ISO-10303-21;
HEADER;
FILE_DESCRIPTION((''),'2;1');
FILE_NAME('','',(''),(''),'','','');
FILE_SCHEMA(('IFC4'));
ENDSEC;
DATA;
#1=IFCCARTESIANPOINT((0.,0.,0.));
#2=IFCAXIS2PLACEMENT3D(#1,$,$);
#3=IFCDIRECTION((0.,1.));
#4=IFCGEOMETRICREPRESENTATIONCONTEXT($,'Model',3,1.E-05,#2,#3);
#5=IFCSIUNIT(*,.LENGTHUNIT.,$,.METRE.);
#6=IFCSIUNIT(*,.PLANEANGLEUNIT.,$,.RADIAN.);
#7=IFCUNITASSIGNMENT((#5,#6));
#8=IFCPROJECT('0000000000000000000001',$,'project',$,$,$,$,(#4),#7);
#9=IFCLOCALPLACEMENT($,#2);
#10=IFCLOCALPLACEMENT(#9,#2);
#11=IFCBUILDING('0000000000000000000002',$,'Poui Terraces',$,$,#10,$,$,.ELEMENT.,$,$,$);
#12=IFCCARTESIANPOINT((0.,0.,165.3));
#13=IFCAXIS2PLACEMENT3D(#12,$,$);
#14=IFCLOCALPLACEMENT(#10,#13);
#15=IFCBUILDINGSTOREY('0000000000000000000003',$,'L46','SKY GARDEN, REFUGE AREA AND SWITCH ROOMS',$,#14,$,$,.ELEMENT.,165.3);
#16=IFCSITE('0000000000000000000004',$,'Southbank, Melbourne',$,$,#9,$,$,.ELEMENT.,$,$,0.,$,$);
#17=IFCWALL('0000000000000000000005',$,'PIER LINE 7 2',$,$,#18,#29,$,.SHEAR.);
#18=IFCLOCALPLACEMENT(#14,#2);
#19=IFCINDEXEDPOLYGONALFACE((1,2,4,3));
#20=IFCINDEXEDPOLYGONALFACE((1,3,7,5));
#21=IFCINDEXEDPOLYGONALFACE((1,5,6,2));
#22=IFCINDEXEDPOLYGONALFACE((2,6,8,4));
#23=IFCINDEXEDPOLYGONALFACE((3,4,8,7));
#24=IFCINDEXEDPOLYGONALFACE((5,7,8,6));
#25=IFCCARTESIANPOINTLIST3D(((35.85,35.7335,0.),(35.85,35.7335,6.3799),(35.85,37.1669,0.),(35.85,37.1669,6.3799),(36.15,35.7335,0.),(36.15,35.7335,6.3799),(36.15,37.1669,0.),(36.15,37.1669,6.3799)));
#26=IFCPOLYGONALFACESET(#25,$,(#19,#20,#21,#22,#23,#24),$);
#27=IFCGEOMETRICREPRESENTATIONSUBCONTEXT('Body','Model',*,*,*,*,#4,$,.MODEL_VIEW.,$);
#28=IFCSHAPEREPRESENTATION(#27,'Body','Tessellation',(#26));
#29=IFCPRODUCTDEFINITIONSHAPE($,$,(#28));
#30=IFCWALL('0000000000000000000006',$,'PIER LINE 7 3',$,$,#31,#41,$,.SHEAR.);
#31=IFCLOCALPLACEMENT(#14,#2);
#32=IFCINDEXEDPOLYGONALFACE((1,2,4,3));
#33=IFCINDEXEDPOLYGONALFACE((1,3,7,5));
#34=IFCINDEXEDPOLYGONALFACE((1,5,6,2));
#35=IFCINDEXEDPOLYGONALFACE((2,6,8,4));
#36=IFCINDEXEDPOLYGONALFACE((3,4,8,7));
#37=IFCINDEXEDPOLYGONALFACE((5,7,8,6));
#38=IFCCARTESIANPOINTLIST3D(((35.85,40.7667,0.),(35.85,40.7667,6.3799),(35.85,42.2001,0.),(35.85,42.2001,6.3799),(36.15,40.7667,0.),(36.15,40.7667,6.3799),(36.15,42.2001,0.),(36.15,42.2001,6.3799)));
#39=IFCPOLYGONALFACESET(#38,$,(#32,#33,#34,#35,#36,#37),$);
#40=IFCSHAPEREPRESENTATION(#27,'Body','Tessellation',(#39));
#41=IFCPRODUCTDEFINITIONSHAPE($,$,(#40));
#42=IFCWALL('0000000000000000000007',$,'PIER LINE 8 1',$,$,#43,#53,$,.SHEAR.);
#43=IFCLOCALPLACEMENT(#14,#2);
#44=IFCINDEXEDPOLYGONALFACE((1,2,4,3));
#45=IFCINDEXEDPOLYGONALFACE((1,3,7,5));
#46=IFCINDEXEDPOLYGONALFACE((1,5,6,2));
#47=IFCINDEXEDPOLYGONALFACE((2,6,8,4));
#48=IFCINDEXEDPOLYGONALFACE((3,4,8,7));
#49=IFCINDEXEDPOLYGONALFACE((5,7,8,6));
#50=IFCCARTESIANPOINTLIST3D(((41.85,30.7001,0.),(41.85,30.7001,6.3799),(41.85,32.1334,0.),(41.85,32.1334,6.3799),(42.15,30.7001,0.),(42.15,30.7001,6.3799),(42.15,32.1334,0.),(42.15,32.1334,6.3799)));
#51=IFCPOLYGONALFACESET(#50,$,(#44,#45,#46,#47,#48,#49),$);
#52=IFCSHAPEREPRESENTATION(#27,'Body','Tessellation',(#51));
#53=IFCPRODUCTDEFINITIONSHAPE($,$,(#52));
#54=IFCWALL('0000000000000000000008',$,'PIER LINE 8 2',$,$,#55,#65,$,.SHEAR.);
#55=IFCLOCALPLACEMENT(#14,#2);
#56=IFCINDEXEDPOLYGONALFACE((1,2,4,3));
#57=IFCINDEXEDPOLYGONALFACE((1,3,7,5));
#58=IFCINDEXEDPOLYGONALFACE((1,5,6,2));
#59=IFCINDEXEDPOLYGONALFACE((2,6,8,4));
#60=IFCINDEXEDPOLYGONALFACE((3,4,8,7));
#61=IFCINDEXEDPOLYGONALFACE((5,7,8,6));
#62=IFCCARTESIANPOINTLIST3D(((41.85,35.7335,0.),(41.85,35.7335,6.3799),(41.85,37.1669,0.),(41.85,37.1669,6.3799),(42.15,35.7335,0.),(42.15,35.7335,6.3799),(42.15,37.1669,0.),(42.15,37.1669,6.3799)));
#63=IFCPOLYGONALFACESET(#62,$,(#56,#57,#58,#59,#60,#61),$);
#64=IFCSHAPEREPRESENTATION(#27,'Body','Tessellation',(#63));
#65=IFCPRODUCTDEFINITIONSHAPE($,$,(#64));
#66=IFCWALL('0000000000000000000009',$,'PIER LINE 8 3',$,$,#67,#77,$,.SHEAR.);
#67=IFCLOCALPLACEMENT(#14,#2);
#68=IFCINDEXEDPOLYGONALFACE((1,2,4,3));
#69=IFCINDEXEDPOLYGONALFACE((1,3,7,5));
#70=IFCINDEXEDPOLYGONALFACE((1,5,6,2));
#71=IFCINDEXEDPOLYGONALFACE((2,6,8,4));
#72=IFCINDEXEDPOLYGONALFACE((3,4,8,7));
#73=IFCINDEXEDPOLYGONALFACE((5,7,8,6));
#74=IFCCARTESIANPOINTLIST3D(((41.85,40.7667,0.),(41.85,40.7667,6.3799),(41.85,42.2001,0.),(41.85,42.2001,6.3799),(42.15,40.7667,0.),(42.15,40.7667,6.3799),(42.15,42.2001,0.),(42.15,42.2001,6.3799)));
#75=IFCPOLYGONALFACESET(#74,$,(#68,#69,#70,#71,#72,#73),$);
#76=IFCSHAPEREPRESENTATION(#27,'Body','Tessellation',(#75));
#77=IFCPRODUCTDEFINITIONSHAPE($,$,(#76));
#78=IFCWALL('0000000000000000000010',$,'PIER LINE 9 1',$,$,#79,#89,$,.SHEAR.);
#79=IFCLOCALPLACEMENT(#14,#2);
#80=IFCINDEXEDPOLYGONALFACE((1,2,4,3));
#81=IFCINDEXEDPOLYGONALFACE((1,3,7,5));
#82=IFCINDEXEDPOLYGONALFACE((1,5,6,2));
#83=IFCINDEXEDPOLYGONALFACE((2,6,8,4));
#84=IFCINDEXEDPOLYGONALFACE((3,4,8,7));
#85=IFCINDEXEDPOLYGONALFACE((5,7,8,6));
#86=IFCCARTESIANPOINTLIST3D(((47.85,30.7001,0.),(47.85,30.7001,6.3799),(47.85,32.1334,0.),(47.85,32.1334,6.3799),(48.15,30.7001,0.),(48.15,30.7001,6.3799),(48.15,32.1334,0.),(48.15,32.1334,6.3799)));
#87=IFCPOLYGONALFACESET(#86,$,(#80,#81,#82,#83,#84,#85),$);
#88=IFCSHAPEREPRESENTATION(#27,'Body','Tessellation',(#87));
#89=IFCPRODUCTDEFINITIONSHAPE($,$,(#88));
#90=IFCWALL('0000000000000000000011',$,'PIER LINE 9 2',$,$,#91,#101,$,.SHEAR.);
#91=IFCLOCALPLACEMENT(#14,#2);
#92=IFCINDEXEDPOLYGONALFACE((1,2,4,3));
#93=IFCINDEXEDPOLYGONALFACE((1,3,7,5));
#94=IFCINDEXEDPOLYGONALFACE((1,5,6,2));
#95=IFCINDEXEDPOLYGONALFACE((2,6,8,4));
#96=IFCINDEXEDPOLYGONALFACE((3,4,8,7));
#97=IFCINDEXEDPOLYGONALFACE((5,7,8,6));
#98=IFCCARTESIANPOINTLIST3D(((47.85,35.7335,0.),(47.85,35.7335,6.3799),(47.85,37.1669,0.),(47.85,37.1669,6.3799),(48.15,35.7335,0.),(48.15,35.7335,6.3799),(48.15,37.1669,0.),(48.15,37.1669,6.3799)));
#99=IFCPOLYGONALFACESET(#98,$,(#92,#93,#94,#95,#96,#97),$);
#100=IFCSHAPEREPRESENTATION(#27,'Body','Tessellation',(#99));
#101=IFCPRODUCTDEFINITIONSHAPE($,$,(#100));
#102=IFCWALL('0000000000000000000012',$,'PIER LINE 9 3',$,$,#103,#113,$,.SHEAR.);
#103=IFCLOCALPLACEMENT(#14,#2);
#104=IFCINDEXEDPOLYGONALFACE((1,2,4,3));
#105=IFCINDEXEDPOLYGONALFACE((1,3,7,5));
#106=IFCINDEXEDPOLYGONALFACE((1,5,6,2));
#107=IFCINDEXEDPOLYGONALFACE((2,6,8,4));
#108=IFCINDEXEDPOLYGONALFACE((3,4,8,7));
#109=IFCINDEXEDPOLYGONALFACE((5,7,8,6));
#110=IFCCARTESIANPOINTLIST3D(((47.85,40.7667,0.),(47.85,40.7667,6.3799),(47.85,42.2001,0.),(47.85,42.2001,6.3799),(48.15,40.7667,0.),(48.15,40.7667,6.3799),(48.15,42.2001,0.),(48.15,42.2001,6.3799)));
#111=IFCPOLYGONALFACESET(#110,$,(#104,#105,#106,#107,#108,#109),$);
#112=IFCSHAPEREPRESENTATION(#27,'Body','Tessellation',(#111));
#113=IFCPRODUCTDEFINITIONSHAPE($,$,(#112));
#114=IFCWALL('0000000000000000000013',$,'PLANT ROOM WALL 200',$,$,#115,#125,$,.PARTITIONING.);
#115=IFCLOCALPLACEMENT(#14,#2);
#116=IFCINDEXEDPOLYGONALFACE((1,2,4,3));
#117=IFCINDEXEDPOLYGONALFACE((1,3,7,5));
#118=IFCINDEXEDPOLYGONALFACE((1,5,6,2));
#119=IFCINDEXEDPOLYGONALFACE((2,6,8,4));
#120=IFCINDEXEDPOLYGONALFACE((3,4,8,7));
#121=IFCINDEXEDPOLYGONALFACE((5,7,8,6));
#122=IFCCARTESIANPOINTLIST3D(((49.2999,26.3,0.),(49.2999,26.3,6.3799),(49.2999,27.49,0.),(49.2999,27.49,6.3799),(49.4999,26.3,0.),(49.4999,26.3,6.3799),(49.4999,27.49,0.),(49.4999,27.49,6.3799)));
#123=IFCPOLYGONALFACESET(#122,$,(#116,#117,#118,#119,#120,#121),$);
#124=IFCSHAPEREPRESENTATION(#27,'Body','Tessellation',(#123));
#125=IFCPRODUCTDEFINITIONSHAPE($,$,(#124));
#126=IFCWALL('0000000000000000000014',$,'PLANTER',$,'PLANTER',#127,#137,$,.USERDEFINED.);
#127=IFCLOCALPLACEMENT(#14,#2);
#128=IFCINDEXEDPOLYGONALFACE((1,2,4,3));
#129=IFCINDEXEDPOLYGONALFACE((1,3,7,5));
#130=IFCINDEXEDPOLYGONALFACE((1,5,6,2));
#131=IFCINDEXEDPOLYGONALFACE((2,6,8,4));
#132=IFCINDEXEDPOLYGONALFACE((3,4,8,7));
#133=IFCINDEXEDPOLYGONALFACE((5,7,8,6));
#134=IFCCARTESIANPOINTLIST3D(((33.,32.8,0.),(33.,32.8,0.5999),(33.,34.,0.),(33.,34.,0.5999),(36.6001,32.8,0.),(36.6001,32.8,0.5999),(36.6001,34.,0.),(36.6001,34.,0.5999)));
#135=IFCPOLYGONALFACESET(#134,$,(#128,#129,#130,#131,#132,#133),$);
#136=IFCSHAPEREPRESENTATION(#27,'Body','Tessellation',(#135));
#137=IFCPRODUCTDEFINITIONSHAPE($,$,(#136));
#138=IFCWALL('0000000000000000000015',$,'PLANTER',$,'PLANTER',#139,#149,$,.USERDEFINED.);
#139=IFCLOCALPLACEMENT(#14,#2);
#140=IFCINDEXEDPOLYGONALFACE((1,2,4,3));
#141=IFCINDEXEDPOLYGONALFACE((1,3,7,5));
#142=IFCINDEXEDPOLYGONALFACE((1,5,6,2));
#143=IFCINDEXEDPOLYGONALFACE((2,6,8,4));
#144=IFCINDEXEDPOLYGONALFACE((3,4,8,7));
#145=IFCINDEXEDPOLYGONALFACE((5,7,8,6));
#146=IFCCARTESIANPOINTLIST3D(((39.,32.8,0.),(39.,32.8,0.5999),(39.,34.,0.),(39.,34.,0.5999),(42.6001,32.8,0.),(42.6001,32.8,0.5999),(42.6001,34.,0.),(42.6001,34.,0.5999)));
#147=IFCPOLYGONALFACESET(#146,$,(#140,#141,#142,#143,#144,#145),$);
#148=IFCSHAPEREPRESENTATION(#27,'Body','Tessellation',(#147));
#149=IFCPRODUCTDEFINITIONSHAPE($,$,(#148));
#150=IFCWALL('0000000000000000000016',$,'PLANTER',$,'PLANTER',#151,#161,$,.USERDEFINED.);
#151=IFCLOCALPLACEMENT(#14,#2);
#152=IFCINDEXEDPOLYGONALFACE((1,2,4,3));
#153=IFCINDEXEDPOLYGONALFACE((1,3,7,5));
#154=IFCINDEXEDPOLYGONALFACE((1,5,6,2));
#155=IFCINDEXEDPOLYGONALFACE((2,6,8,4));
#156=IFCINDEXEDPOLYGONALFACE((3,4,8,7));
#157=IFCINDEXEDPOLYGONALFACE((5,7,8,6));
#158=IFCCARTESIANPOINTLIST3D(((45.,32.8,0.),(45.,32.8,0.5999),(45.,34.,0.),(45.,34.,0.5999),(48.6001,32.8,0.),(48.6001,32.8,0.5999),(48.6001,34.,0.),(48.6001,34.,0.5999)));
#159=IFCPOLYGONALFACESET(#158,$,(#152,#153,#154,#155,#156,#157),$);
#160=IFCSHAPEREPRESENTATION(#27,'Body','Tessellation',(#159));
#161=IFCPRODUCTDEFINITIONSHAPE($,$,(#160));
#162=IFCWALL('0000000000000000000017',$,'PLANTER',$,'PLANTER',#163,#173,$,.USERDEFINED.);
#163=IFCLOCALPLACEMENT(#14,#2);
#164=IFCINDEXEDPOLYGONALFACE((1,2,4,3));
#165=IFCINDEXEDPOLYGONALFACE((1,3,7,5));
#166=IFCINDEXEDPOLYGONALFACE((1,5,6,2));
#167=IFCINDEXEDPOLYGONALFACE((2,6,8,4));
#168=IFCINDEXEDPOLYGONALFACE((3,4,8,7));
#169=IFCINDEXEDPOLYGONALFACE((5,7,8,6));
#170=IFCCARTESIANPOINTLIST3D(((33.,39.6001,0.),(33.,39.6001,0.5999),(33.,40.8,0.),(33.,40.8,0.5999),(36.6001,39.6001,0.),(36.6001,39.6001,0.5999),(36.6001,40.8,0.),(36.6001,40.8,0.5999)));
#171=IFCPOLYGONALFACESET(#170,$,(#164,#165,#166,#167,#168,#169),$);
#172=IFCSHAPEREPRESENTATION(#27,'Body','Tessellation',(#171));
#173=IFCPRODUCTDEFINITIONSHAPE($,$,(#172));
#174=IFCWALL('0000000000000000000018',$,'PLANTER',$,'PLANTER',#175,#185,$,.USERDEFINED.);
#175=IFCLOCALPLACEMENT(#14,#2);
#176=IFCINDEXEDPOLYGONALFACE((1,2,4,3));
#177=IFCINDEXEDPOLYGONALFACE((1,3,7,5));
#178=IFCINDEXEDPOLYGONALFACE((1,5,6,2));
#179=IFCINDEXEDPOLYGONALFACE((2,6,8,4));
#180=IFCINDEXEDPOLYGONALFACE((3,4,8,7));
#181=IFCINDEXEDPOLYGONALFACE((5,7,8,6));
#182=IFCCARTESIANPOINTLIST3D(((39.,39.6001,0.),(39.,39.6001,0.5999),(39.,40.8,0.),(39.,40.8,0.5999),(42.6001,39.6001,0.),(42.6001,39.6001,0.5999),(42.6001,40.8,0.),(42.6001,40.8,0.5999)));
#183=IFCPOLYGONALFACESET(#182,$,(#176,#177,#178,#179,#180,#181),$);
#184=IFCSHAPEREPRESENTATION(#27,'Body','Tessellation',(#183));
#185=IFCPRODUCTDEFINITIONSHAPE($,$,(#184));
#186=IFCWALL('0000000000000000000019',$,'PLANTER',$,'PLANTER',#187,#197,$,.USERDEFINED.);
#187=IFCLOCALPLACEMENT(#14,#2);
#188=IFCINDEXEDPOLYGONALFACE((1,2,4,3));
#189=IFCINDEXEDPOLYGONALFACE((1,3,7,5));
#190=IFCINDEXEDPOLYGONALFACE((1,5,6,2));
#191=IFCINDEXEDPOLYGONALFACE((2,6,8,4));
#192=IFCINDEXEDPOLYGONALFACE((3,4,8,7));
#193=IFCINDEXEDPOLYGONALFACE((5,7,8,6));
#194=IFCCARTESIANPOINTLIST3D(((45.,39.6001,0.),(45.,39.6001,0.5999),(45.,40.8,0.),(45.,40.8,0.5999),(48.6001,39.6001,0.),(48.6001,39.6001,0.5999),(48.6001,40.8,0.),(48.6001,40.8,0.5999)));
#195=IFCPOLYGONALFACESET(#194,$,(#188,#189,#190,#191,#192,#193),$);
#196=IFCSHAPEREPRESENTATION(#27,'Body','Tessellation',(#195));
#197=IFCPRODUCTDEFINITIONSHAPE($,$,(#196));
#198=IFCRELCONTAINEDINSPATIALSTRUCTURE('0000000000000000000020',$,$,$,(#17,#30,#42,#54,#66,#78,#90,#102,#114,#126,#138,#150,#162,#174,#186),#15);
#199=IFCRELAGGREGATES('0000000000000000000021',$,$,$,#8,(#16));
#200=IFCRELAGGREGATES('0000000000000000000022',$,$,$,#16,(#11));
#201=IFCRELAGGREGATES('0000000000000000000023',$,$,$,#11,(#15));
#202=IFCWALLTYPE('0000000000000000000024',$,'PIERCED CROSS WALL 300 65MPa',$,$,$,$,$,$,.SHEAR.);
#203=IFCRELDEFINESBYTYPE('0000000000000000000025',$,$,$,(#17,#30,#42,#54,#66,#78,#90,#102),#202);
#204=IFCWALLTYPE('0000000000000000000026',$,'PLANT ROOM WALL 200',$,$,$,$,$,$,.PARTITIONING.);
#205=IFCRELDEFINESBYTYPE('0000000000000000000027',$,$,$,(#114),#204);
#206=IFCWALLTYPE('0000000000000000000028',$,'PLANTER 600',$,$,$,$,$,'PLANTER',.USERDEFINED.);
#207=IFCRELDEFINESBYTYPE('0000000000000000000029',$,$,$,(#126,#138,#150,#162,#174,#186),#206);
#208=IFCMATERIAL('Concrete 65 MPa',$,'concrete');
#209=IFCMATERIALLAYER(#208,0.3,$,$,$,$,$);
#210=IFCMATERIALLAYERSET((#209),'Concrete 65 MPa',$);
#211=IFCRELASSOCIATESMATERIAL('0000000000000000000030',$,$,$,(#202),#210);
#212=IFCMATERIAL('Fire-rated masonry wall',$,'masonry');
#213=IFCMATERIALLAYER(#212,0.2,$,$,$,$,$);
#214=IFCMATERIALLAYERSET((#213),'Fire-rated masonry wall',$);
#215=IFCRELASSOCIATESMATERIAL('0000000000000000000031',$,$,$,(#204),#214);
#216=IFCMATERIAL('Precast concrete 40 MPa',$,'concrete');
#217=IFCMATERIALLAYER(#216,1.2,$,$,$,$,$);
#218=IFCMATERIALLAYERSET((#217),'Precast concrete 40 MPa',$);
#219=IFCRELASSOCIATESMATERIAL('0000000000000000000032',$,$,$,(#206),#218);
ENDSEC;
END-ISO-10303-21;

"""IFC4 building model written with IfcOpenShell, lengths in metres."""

from ifc_helpers import new_model, si_unit, direction, frame, frame_2d, origin, place, context, subcontext, project, spatial, polyline, rectangle, outline, extrude, source, transform, mapped, material, layer, layer_set, type_object, element, save


model = new_model("IFC4")

# Units and contexts
model_context = context("Model", 3, precision=1e-05, world=origin(), true_north=direction((0.0, 1.0)))
body_context = subcontext(model_context, "Body", "Model", "MODEL_VIEW")
ifc_project = project(units=[si_unit("LENGTHUNIT", "METRE"), si_unit("PLANEANGLEUNIT", "RADIAN")], contexts=[model_context])

# Site, building, storey
site_placement = place(None, origin())
site = spatial("IfcSite", under=ifc_project, at=site_placement, Name="Southbank, Melbourne", CompositionType="ELEMENT", RefElevation=0.0)
building_placement = place(site_placement, origin())
building = spatial("IfcBuilding", under=site, at=building_placement, Name="Poui Terraces", CompositionType="ELEMENT")
storey_placement = place(building_placement, frame((0.0, 0.0, 165.3)))
storey = spatial("IfcBuildingStorey", under=building, at=storey_placement, Name="L46", Description="SKY GARDEN, REFUGE AREA AND SWITCH ROOMS", CompositionType="ELEMENT", Elevation=165.3)

# Shared definitions
ifc_material_1 = material(Name="Concrete 65 MPa", Category="concrete")

# Walls
ifc_layer_1 = layer(ifc_material_1, 0.3)
ifc_layer_set_1 = layer_set([ifc_layer_1], Name="Concrete 65 MPa")
wall_type_1 = type_object("IfcWallType", Name="PIERCED CROSS WALL 300 65MPa", PredefinedType="SHEAR", material=ifc_layer_set_1)
for number, where, z_axis, x_axis, name in (
    (1, (36.0, 35.7334, 0.0), (0.0, 0.0, 1.0), (0.0, 1.0, 0.0), "PIER LINE 7 2"),
    (2, (36.0, 40.7666, 0.0), (0.0, 0.0, 1.0), (0.0, 1.0, 0.0), "PIER LINE 7 3"),
    (3, (42.0, 30.7, 0.0), (0.0, 0.0, 1.0), (0.0, 1.0, 0.0), "PIER LINE 8 1"),
    (4, (42.0, 35.7334, 0.0), (0.0, 0.0, 1.0), (0.0, 1.0, 0.0), "PIER LINE 8 2"),
    (5, (42.0, 40.7666, 0.0), (0.0, 0.0, 1.0), (0.0, 1.0, 0.0), "PIER LINE 8 3"),
    (6, (48.0, 30.7, 0.0), (0.0, 0.0, 1.0), (0.0, 1.0, 0.0), "PIER LINE 9 1"),
    (7, (48.0, 35.7334, 0.0), (0.0, 0.0, 1.0), (0.0, 1.0, 0.0), "PIER LINE 9 2"),
    (8, (48.0, 40.7666, 0.0), (0.0, 0.0, 1.0), (0.0, 1.0, 0.0), "PIER LINE 9 3"),
):
    element("IfcWall", number, at=place(storey_placement, frame(where, z_axis=z_axis, x_axis=x_axis)), inside=storey, type_object=wall_type_1, Name=name, PredefinedType="SHEAR", context=body_context, shape_type="SweptSolid", body=[
        extrude(rectangle(XDim=1.4333, YDim=0.3, at=frame_2d((0.7168, 0.0))), origin(), (0.0, 0.0, 1.0), 6.3799),
    ])
ifc_material_2 = material(Name="Fire-rated masonry wall", Category="masonry")
ifc_layer_2 = layer(ifc_material_2, 0.2)
ifc_layer_set_2 = layer_set([ifc_layer_2], Name="Fire-rated masonry wall")
wall_type_2 = type_object("IfcWallType", Name="PLANT ROOM WALL 200", PredefinedType="PARTITIONING", material=ifc_layer_set_2)
wall_1_placement = place(storey_placement, frame((49.3999, 26.3, 0.0), z_axis=(0.0, 0.0, 1.0), x_axis=(0.0, 1.0, 0.0)))
element("IfcWall", 9, at=wall_1_placement, inside=storey, type_object=wall_type_2, Name="PLANT ROOM WALL 200", PredefinedType="PARTITIONING", context=body_context, shape_type="SweptSolid", body=[
    extrude(rectangle(XDim=1.1899, YDim=0.2, at=frame_2d((0.595, 0.0))), origin(), (0.0, 0.0, 1.0), 6.3799),
])
ifc_material_3 = material(Name="Precast concrete 40 MPa", Category="concrete")
ifc_layer_3 = layer(ifc_material_3, 1.2)
ifc_layer_set_3 = layer_set([ifc_layer_3], Name="Precast concrete 40 MPa")
wall_type_3 = type_object("IfcWallType", Name="PLANTER 600", ElementType="PLANTER", PredefinedType="USERDEFINED", material=ifc_layer_set_3)
shared_shape_1 = source(origin(), body_context, "Body", "SweptSolid", [
    extrude(outline(polyline([(0.0, 0.0), (3.6001, 0.0), (3.6001, 1.2), (0.0, 1.2), (0.0, 0.0)])), origin(), (0.0, 0.0, 1.0), 0.5999),
])
for number, where, name in (
    (10, (33.0, 32.8, 0.0), "PLANTER"),
    (11, (39.0, 32.8, 0.0), "PLANTER"),
    (12, (45.0, 32.8, 0.0), "PLANTER"),
    (13, (33.0, 39.6001, 0.0), "PLANTER"),
    (14, (39.0, 39.6001, 0.0), "PLANTER"),
    (15, (45.0, 39.6001, 0.0), "PLANTER"),
):
    element("IfcWall", number, at=place(storey_placement, frame(where)), inside=storey, type_object=wall_type_3, Name=name, ObjectType="PLANTER", PredefinedType="USERDEFINED", context=body_context, shape_type="MappedRepresentation", body=[
        mapped(shared_shape_1, transform((0.0, 0.0, 0.0))),
    ])

save(model, "model.ifc")
